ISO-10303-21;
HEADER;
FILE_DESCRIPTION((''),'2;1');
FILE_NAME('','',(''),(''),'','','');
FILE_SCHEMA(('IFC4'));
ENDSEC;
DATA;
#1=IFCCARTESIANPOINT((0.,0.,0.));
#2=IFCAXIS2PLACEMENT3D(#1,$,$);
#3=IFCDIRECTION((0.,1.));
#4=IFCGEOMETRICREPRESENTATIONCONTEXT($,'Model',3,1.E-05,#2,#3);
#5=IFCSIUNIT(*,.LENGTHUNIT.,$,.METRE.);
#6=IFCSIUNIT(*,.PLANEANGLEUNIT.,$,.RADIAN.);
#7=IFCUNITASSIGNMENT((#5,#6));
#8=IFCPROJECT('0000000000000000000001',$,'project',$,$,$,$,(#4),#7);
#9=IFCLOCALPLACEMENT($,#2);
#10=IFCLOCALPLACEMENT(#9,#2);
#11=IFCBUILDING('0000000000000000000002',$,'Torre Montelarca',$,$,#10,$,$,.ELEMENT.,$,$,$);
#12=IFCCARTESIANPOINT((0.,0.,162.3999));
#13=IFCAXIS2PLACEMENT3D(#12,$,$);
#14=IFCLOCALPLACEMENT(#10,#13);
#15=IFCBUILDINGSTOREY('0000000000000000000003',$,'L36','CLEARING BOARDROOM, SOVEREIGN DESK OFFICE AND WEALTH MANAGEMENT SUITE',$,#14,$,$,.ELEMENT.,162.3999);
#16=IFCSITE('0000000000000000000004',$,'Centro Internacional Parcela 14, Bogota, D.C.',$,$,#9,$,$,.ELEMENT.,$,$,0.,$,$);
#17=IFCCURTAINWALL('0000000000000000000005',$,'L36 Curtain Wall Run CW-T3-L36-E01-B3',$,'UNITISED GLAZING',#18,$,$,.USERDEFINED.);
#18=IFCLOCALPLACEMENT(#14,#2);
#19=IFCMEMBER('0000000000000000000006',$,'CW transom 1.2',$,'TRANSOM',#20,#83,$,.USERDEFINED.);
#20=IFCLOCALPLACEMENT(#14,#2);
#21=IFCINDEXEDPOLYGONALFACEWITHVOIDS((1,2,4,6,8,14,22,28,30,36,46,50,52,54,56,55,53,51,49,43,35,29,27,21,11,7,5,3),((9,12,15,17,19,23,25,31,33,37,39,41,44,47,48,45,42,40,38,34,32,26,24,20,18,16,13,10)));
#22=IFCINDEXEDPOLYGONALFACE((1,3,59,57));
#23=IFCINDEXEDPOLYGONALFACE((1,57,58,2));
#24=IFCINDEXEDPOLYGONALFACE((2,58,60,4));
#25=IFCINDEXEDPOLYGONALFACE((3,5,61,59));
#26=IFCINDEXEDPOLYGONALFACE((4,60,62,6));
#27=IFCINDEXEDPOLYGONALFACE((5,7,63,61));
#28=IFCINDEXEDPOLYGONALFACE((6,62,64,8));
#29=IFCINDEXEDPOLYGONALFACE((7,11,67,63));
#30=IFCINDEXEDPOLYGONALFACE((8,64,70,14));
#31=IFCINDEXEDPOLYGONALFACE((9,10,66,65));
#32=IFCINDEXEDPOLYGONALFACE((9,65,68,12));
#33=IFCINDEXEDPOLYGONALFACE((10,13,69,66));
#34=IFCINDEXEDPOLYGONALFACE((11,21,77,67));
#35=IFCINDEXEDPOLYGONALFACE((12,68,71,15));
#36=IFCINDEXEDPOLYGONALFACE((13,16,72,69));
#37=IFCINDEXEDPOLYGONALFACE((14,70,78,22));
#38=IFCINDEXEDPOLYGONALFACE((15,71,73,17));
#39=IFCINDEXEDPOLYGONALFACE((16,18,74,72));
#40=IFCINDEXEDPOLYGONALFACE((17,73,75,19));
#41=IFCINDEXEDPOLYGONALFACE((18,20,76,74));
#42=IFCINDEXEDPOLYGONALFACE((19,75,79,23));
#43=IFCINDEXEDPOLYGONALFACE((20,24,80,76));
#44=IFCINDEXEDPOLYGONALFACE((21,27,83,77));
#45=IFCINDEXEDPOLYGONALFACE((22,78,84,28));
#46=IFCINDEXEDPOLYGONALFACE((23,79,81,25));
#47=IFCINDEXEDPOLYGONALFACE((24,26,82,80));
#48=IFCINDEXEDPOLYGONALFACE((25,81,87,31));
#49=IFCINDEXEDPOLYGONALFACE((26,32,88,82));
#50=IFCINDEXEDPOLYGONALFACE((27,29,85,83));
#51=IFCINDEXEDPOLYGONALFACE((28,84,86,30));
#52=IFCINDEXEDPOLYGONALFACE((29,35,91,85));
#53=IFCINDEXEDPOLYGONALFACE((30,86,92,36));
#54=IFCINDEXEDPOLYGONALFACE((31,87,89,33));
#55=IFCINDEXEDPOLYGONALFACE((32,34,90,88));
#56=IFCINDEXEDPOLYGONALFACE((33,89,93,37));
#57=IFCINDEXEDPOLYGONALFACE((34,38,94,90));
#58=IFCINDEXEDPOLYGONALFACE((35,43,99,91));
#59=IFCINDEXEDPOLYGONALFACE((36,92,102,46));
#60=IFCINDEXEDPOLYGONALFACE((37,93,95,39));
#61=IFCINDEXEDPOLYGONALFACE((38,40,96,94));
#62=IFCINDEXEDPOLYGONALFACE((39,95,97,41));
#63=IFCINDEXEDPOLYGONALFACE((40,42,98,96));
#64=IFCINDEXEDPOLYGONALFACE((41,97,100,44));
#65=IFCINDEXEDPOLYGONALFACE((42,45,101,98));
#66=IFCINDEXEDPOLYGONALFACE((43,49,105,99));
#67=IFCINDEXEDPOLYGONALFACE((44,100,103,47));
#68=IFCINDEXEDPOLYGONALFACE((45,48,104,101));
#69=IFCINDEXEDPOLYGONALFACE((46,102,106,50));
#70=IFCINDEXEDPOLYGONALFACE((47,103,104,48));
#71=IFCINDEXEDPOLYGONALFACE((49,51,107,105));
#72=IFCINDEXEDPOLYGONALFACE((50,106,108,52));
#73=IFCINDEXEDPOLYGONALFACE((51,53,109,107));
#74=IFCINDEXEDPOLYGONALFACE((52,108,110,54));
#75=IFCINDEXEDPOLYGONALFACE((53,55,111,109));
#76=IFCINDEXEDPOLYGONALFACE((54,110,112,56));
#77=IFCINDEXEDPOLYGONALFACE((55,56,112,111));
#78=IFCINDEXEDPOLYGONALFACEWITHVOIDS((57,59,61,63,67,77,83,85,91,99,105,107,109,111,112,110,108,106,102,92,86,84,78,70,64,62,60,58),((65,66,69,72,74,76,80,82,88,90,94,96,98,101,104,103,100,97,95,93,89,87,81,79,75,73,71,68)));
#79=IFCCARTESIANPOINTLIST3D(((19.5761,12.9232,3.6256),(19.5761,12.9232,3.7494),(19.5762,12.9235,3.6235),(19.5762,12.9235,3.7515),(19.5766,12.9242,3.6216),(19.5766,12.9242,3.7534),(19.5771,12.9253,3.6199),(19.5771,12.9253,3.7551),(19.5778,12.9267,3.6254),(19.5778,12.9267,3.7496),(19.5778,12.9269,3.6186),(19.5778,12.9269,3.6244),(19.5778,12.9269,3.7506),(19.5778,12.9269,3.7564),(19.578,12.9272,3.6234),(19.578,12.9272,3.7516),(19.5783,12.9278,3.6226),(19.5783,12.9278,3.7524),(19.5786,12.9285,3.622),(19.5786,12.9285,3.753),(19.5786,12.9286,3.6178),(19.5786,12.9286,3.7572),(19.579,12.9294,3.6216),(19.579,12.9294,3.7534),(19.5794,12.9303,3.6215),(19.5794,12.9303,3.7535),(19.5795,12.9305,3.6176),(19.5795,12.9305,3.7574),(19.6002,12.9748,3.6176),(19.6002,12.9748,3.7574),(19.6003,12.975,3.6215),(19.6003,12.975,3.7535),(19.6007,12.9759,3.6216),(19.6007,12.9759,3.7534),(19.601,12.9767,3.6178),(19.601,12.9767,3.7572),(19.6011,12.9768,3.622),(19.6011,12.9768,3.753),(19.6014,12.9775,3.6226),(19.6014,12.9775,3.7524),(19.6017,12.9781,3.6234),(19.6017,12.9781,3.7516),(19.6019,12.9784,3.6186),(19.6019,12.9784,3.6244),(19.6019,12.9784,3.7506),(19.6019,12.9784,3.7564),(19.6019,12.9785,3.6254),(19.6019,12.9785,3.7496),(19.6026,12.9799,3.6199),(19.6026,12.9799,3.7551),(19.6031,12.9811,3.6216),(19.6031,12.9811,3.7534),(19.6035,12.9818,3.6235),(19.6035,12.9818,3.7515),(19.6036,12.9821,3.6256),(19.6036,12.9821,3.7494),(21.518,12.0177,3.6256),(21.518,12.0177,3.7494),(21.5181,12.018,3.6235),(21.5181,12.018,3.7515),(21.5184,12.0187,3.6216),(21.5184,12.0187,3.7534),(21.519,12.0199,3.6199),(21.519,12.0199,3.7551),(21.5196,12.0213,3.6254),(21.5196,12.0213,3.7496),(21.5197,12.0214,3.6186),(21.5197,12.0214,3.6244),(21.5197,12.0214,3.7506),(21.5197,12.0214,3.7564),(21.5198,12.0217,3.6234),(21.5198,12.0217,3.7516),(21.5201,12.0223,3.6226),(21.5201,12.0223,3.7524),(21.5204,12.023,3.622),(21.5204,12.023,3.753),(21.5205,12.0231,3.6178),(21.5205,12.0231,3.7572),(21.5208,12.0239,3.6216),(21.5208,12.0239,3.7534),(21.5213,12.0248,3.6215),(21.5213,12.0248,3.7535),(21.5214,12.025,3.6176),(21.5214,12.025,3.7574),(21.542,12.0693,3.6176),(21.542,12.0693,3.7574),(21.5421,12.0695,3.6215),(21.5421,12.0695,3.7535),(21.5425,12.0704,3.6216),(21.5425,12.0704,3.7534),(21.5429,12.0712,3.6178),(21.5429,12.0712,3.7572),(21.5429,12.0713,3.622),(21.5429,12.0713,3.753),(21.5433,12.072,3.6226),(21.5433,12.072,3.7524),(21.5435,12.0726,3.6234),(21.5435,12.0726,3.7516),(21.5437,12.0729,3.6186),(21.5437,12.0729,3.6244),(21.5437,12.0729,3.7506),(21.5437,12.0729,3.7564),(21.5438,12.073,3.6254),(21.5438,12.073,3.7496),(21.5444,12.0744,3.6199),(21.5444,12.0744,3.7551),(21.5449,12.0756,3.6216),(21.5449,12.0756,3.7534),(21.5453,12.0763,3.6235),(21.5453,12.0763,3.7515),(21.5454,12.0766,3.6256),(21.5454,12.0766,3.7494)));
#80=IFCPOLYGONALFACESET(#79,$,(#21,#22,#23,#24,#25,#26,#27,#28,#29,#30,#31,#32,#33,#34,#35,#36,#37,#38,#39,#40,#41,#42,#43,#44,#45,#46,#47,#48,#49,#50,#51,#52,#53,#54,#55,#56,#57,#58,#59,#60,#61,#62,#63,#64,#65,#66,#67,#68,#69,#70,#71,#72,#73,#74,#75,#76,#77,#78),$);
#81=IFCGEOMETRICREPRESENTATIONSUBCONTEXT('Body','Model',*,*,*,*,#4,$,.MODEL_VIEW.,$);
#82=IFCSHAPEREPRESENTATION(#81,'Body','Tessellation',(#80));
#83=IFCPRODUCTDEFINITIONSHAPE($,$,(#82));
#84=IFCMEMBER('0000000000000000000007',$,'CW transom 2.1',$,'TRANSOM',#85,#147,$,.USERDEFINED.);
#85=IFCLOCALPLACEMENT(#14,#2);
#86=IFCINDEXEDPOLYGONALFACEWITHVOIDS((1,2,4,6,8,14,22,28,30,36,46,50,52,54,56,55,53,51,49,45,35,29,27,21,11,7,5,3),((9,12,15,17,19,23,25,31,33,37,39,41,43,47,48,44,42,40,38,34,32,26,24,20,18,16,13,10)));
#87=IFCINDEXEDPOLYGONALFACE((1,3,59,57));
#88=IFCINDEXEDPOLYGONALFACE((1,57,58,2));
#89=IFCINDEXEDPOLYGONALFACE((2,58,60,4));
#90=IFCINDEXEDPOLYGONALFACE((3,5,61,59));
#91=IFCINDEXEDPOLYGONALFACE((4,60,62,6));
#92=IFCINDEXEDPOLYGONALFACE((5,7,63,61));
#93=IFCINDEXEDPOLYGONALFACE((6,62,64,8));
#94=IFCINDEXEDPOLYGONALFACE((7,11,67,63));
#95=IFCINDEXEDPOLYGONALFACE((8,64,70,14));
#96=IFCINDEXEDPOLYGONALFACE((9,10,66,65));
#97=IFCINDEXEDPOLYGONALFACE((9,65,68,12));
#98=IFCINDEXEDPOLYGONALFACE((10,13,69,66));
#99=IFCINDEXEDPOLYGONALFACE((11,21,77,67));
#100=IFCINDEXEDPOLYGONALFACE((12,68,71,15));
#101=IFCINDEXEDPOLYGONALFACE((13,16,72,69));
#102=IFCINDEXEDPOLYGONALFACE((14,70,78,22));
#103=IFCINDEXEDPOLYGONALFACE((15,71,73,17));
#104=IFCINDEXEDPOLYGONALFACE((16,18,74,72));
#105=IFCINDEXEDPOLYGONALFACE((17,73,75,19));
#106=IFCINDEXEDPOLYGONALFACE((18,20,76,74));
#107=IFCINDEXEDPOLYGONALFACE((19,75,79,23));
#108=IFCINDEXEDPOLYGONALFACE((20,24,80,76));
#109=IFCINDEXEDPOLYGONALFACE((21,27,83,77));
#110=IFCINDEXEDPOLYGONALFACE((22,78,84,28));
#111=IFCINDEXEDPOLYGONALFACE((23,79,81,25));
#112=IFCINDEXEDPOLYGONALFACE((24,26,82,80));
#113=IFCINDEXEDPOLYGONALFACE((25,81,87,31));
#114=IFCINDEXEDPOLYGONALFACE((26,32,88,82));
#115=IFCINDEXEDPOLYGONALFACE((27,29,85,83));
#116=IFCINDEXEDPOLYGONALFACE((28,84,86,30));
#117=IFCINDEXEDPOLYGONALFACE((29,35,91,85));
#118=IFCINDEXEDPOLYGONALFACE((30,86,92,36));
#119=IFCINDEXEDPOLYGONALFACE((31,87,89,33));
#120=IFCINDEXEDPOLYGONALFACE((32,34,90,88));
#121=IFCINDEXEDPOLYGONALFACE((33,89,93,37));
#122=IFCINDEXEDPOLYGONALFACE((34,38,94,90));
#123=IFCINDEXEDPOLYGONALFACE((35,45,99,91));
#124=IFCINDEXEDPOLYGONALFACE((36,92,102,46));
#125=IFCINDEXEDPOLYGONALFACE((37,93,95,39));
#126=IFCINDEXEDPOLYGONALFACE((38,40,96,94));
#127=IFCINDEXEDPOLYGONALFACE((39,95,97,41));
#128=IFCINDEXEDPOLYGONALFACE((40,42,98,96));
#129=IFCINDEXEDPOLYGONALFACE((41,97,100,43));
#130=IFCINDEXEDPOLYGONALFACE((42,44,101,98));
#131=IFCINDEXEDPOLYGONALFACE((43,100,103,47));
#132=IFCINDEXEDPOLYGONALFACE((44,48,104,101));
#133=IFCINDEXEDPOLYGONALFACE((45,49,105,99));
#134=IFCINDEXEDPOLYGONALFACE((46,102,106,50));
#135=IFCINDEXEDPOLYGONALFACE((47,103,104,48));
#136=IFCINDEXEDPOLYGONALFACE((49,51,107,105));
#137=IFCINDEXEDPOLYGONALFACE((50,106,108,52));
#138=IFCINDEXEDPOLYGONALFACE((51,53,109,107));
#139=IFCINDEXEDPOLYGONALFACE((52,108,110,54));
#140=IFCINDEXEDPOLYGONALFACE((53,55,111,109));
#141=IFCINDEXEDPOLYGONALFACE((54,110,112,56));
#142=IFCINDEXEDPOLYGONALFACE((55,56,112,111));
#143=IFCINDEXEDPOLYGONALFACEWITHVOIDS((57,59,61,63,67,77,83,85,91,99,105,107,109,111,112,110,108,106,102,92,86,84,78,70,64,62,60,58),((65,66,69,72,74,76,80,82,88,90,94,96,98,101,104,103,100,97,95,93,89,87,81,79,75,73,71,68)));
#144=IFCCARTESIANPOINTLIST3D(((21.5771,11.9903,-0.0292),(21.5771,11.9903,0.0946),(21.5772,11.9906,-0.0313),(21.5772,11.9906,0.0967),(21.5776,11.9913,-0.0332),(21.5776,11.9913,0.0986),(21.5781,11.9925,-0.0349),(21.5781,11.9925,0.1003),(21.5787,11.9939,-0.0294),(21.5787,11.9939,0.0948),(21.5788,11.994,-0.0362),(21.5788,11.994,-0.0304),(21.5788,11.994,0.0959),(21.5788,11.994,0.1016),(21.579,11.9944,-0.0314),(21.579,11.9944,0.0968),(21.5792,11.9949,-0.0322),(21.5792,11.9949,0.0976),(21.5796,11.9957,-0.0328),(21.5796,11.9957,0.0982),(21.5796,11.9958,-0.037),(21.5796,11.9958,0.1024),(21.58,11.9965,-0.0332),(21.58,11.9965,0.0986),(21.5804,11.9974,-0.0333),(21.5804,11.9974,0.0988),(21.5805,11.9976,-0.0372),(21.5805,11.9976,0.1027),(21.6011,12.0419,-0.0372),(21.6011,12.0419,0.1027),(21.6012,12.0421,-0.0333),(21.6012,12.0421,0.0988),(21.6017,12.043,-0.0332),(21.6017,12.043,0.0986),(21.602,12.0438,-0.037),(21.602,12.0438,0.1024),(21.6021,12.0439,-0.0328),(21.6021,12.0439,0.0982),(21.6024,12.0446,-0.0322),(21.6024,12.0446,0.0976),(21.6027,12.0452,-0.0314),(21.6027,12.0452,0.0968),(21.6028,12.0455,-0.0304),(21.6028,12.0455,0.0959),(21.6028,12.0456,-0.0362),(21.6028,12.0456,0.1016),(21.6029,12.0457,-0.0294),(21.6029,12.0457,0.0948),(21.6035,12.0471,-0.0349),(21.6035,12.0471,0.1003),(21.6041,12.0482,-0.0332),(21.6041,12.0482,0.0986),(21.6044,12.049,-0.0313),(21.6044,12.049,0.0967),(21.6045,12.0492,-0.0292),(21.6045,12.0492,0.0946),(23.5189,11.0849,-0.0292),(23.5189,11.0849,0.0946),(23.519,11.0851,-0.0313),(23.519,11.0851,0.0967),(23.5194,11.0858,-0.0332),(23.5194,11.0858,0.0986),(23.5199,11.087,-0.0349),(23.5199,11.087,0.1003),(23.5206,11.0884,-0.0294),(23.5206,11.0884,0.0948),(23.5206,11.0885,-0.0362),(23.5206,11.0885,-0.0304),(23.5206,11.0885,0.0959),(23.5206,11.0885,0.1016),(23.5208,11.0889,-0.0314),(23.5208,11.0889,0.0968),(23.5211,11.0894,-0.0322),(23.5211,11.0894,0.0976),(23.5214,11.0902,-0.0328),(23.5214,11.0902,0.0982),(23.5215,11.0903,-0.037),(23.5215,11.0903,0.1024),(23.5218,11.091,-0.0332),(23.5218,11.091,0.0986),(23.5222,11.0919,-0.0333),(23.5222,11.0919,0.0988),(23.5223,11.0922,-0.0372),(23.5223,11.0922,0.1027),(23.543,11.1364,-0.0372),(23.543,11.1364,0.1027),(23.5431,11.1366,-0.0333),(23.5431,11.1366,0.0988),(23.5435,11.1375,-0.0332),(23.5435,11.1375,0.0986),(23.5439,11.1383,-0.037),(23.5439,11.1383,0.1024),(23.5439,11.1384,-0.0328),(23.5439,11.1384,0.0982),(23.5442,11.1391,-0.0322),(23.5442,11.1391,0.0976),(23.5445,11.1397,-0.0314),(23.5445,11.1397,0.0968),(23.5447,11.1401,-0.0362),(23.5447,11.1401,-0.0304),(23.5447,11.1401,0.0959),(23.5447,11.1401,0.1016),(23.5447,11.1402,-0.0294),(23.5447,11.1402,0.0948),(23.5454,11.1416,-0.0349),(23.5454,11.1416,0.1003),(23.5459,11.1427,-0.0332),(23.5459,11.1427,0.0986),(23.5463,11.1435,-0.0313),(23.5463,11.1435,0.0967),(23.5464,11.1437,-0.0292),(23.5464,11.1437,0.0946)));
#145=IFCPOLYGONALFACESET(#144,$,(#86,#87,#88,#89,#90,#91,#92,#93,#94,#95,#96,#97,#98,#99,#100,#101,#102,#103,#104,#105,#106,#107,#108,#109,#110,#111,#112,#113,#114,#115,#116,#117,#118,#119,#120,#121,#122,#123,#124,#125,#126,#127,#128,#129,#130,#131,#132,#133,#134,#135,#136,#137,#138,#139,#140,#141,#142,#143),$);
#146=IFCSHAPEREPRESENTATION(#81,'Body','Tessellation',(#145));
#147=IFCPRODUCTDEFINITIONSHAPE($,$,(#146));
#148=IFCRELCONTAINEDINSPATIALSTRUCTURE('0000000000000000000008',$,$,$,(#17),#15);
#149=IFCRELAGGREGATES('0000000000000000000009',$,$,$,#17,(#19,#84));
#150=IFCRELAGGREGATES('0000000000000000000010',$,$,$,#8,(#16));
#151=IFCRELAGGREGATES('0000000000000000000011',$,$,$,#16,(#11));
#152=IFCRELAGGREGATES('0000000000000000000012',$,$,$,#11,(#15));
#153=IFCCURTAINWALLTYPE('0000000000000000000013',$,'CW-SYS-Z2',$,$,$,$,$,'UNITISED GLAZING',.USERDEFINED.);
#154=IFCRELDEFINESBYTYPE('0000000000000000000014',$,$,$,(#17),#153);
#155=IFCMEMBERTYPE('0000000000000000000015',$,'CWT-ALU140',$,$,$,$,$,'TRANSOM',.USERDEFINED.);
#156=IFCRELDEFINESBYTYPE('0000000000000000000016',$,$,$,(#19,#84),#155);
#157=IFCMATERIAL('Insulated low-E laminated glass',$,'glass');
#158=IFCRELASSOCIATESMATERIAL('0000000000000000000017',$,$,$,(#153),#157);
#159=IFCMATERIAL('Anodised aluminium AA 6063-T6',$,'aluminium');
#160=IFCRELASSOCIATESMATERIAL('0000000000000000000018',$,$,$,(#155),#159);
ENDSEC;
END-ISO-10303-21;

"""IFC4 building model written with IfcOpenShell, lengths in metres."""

from ifc_helpers import new_model, si_unit, direction, frame, origin, origin_2d, place, context, subcontext, project, spatial, hollow_rectangle, extrude, source, transform, mapped, material, material_profile, profile_set, type_object, element, aggregate, save


model = new_model("IFC4")

# Units and contexts
model_context = context("Model", 3, precision=1e-05, world=origin(), true_north=direction((0.0, 1.0)))
body_context = subcontext(model_context, "Body", "Model", "MODEL_VIEW")
ifc_project = project(units=[si_unit("LENGTHUNIT", "METRE"), si_unit("PLANEANGLEUNIT", "RADIAN")], contexts=[model_context])

# Site, building, storey
site_placement = place(None, origin())
site = spatial("IfcSite", under=ifc_project, at=site_placement, Name="Centro Internacional Parcela 14, Bogota, D.C.", CompositionType="ELEMENT", RefElevation=0.0)
building_placement = place(site_placement, origin())
building = spatial("IfcBuilding", under=site, at=building_placement, Name="Torre Montelarca", CompositionType="ELEMENT")
storey_placement = place(building_placement, frame((0.0, 0.0, 162.3999)))
storey = spatial("IfcBuildingStorey", under=building, at=storey_placement, Name="L36", Description="CLEARING BOARDROOM, SOVEREIGN DESK OFFICE AND WEALTH MANAGEMENT SUITE", CompositionType="ELEMENT", Elevation=162.3999)

# Curtain wall
ifc_material_1 = material(Name="Insulated low-E laminated glass", Category="glass")
curtain_wall_type = type_object("IfcCurtainWallType", Name="CW-SYS-Z2", ElementType="UNITISED GLAZING", PredefinedType="USERDEFINED", material=ifc_material_1)
ifc_material_2 = material(Name="Anodised aluminium AA 6063-T6", Category="aluminium")
curtain_wall_1_placement = place(storey_placement, origin())
curtain_wall_1 = element("IfcCurtainWall", 1, at=curtain_wall_1_placement, inside=storey, type_object=curtain_wall_type, Name="L36 Curtain Wall Run CW-T3-L36-E01-B3", ObjectType="UNITISED GLAZING", PredefinedType="USERDEFINED")

# Members
ifc_material_profile_1 = material_profile(ifc_material_2, hollow_rectangle(XDim=0.0649, YDim=0.1399, WallThickness=0.0039, InnerFilletRadius=0.0039, OuterFilletRadius=0.0081, at=origin_2d()), Name="ALU65X140X4", Category="aluminium")
ifc_profile_set_1 = profile_set([ifc_material_profile_1], Name="Anodised aluminium AA 6063-T6")
member_type_1 = type_object("IfcMemberType", Name="CWT-ALU140", ElementType="TRANSOM", PredefinedType="USERDEFINED", material=ifc_profile_set_1)
shared_shape_1 = source(origin(), body_context, "Body", "SweptSolid", [
    extrude(hollow_rectangle(XDim=0.0649, YDim=0.1399, WallThickness=0.0039, InnerFilletRadius=0.0039, OuterFilletRadius=0.0081, at=origin_2d()), origin(), (0.0, 0.0, 1.0), 2.1426),
])
member_1_placement = place(storey_placement, frame((19.5898, 12.9526, 3.6875), z_axis=(0.906308, -0.422617, 0.0), x_axis=(0.422617, 0.906308, 0.0)))
member_1 = element("IfcMember", 2, at=member_1_placement, type_object=member_type_1, Name="CW transom 1.2", ObjectType="TRANSOM", PredefinedType="USERDEFINED", context=body_context, shape_type="MappedRepresentation", body=[
    mapped(shared_shape_1, transform((0.0, 0.0, 0.0), scale=1.0)),
])
member_2_placement = place(storey_placement, frame((21.5908, 12.0198, 0.0327), z_axis=(0.906308, -0.422617, 0.0), x_axis=(0.422617, 0.906308, 0.0)))
member_2 = element("IfcMember", 3, at=member_2_placement, type_object=member_type_1, Name="CW transom 2.1", ObjectType="TRANSOM", PredefinedType="USERDEFINED", context=body_context, shape_type="MappedRepresentation", body=[
    mapped(shared_shape_1, transform((0.0, 0.0, 0.0), scale=1.0)),
])

aggregate(curtain_wall_1, [member_1, member_2])

save(model, "model.ifc")
